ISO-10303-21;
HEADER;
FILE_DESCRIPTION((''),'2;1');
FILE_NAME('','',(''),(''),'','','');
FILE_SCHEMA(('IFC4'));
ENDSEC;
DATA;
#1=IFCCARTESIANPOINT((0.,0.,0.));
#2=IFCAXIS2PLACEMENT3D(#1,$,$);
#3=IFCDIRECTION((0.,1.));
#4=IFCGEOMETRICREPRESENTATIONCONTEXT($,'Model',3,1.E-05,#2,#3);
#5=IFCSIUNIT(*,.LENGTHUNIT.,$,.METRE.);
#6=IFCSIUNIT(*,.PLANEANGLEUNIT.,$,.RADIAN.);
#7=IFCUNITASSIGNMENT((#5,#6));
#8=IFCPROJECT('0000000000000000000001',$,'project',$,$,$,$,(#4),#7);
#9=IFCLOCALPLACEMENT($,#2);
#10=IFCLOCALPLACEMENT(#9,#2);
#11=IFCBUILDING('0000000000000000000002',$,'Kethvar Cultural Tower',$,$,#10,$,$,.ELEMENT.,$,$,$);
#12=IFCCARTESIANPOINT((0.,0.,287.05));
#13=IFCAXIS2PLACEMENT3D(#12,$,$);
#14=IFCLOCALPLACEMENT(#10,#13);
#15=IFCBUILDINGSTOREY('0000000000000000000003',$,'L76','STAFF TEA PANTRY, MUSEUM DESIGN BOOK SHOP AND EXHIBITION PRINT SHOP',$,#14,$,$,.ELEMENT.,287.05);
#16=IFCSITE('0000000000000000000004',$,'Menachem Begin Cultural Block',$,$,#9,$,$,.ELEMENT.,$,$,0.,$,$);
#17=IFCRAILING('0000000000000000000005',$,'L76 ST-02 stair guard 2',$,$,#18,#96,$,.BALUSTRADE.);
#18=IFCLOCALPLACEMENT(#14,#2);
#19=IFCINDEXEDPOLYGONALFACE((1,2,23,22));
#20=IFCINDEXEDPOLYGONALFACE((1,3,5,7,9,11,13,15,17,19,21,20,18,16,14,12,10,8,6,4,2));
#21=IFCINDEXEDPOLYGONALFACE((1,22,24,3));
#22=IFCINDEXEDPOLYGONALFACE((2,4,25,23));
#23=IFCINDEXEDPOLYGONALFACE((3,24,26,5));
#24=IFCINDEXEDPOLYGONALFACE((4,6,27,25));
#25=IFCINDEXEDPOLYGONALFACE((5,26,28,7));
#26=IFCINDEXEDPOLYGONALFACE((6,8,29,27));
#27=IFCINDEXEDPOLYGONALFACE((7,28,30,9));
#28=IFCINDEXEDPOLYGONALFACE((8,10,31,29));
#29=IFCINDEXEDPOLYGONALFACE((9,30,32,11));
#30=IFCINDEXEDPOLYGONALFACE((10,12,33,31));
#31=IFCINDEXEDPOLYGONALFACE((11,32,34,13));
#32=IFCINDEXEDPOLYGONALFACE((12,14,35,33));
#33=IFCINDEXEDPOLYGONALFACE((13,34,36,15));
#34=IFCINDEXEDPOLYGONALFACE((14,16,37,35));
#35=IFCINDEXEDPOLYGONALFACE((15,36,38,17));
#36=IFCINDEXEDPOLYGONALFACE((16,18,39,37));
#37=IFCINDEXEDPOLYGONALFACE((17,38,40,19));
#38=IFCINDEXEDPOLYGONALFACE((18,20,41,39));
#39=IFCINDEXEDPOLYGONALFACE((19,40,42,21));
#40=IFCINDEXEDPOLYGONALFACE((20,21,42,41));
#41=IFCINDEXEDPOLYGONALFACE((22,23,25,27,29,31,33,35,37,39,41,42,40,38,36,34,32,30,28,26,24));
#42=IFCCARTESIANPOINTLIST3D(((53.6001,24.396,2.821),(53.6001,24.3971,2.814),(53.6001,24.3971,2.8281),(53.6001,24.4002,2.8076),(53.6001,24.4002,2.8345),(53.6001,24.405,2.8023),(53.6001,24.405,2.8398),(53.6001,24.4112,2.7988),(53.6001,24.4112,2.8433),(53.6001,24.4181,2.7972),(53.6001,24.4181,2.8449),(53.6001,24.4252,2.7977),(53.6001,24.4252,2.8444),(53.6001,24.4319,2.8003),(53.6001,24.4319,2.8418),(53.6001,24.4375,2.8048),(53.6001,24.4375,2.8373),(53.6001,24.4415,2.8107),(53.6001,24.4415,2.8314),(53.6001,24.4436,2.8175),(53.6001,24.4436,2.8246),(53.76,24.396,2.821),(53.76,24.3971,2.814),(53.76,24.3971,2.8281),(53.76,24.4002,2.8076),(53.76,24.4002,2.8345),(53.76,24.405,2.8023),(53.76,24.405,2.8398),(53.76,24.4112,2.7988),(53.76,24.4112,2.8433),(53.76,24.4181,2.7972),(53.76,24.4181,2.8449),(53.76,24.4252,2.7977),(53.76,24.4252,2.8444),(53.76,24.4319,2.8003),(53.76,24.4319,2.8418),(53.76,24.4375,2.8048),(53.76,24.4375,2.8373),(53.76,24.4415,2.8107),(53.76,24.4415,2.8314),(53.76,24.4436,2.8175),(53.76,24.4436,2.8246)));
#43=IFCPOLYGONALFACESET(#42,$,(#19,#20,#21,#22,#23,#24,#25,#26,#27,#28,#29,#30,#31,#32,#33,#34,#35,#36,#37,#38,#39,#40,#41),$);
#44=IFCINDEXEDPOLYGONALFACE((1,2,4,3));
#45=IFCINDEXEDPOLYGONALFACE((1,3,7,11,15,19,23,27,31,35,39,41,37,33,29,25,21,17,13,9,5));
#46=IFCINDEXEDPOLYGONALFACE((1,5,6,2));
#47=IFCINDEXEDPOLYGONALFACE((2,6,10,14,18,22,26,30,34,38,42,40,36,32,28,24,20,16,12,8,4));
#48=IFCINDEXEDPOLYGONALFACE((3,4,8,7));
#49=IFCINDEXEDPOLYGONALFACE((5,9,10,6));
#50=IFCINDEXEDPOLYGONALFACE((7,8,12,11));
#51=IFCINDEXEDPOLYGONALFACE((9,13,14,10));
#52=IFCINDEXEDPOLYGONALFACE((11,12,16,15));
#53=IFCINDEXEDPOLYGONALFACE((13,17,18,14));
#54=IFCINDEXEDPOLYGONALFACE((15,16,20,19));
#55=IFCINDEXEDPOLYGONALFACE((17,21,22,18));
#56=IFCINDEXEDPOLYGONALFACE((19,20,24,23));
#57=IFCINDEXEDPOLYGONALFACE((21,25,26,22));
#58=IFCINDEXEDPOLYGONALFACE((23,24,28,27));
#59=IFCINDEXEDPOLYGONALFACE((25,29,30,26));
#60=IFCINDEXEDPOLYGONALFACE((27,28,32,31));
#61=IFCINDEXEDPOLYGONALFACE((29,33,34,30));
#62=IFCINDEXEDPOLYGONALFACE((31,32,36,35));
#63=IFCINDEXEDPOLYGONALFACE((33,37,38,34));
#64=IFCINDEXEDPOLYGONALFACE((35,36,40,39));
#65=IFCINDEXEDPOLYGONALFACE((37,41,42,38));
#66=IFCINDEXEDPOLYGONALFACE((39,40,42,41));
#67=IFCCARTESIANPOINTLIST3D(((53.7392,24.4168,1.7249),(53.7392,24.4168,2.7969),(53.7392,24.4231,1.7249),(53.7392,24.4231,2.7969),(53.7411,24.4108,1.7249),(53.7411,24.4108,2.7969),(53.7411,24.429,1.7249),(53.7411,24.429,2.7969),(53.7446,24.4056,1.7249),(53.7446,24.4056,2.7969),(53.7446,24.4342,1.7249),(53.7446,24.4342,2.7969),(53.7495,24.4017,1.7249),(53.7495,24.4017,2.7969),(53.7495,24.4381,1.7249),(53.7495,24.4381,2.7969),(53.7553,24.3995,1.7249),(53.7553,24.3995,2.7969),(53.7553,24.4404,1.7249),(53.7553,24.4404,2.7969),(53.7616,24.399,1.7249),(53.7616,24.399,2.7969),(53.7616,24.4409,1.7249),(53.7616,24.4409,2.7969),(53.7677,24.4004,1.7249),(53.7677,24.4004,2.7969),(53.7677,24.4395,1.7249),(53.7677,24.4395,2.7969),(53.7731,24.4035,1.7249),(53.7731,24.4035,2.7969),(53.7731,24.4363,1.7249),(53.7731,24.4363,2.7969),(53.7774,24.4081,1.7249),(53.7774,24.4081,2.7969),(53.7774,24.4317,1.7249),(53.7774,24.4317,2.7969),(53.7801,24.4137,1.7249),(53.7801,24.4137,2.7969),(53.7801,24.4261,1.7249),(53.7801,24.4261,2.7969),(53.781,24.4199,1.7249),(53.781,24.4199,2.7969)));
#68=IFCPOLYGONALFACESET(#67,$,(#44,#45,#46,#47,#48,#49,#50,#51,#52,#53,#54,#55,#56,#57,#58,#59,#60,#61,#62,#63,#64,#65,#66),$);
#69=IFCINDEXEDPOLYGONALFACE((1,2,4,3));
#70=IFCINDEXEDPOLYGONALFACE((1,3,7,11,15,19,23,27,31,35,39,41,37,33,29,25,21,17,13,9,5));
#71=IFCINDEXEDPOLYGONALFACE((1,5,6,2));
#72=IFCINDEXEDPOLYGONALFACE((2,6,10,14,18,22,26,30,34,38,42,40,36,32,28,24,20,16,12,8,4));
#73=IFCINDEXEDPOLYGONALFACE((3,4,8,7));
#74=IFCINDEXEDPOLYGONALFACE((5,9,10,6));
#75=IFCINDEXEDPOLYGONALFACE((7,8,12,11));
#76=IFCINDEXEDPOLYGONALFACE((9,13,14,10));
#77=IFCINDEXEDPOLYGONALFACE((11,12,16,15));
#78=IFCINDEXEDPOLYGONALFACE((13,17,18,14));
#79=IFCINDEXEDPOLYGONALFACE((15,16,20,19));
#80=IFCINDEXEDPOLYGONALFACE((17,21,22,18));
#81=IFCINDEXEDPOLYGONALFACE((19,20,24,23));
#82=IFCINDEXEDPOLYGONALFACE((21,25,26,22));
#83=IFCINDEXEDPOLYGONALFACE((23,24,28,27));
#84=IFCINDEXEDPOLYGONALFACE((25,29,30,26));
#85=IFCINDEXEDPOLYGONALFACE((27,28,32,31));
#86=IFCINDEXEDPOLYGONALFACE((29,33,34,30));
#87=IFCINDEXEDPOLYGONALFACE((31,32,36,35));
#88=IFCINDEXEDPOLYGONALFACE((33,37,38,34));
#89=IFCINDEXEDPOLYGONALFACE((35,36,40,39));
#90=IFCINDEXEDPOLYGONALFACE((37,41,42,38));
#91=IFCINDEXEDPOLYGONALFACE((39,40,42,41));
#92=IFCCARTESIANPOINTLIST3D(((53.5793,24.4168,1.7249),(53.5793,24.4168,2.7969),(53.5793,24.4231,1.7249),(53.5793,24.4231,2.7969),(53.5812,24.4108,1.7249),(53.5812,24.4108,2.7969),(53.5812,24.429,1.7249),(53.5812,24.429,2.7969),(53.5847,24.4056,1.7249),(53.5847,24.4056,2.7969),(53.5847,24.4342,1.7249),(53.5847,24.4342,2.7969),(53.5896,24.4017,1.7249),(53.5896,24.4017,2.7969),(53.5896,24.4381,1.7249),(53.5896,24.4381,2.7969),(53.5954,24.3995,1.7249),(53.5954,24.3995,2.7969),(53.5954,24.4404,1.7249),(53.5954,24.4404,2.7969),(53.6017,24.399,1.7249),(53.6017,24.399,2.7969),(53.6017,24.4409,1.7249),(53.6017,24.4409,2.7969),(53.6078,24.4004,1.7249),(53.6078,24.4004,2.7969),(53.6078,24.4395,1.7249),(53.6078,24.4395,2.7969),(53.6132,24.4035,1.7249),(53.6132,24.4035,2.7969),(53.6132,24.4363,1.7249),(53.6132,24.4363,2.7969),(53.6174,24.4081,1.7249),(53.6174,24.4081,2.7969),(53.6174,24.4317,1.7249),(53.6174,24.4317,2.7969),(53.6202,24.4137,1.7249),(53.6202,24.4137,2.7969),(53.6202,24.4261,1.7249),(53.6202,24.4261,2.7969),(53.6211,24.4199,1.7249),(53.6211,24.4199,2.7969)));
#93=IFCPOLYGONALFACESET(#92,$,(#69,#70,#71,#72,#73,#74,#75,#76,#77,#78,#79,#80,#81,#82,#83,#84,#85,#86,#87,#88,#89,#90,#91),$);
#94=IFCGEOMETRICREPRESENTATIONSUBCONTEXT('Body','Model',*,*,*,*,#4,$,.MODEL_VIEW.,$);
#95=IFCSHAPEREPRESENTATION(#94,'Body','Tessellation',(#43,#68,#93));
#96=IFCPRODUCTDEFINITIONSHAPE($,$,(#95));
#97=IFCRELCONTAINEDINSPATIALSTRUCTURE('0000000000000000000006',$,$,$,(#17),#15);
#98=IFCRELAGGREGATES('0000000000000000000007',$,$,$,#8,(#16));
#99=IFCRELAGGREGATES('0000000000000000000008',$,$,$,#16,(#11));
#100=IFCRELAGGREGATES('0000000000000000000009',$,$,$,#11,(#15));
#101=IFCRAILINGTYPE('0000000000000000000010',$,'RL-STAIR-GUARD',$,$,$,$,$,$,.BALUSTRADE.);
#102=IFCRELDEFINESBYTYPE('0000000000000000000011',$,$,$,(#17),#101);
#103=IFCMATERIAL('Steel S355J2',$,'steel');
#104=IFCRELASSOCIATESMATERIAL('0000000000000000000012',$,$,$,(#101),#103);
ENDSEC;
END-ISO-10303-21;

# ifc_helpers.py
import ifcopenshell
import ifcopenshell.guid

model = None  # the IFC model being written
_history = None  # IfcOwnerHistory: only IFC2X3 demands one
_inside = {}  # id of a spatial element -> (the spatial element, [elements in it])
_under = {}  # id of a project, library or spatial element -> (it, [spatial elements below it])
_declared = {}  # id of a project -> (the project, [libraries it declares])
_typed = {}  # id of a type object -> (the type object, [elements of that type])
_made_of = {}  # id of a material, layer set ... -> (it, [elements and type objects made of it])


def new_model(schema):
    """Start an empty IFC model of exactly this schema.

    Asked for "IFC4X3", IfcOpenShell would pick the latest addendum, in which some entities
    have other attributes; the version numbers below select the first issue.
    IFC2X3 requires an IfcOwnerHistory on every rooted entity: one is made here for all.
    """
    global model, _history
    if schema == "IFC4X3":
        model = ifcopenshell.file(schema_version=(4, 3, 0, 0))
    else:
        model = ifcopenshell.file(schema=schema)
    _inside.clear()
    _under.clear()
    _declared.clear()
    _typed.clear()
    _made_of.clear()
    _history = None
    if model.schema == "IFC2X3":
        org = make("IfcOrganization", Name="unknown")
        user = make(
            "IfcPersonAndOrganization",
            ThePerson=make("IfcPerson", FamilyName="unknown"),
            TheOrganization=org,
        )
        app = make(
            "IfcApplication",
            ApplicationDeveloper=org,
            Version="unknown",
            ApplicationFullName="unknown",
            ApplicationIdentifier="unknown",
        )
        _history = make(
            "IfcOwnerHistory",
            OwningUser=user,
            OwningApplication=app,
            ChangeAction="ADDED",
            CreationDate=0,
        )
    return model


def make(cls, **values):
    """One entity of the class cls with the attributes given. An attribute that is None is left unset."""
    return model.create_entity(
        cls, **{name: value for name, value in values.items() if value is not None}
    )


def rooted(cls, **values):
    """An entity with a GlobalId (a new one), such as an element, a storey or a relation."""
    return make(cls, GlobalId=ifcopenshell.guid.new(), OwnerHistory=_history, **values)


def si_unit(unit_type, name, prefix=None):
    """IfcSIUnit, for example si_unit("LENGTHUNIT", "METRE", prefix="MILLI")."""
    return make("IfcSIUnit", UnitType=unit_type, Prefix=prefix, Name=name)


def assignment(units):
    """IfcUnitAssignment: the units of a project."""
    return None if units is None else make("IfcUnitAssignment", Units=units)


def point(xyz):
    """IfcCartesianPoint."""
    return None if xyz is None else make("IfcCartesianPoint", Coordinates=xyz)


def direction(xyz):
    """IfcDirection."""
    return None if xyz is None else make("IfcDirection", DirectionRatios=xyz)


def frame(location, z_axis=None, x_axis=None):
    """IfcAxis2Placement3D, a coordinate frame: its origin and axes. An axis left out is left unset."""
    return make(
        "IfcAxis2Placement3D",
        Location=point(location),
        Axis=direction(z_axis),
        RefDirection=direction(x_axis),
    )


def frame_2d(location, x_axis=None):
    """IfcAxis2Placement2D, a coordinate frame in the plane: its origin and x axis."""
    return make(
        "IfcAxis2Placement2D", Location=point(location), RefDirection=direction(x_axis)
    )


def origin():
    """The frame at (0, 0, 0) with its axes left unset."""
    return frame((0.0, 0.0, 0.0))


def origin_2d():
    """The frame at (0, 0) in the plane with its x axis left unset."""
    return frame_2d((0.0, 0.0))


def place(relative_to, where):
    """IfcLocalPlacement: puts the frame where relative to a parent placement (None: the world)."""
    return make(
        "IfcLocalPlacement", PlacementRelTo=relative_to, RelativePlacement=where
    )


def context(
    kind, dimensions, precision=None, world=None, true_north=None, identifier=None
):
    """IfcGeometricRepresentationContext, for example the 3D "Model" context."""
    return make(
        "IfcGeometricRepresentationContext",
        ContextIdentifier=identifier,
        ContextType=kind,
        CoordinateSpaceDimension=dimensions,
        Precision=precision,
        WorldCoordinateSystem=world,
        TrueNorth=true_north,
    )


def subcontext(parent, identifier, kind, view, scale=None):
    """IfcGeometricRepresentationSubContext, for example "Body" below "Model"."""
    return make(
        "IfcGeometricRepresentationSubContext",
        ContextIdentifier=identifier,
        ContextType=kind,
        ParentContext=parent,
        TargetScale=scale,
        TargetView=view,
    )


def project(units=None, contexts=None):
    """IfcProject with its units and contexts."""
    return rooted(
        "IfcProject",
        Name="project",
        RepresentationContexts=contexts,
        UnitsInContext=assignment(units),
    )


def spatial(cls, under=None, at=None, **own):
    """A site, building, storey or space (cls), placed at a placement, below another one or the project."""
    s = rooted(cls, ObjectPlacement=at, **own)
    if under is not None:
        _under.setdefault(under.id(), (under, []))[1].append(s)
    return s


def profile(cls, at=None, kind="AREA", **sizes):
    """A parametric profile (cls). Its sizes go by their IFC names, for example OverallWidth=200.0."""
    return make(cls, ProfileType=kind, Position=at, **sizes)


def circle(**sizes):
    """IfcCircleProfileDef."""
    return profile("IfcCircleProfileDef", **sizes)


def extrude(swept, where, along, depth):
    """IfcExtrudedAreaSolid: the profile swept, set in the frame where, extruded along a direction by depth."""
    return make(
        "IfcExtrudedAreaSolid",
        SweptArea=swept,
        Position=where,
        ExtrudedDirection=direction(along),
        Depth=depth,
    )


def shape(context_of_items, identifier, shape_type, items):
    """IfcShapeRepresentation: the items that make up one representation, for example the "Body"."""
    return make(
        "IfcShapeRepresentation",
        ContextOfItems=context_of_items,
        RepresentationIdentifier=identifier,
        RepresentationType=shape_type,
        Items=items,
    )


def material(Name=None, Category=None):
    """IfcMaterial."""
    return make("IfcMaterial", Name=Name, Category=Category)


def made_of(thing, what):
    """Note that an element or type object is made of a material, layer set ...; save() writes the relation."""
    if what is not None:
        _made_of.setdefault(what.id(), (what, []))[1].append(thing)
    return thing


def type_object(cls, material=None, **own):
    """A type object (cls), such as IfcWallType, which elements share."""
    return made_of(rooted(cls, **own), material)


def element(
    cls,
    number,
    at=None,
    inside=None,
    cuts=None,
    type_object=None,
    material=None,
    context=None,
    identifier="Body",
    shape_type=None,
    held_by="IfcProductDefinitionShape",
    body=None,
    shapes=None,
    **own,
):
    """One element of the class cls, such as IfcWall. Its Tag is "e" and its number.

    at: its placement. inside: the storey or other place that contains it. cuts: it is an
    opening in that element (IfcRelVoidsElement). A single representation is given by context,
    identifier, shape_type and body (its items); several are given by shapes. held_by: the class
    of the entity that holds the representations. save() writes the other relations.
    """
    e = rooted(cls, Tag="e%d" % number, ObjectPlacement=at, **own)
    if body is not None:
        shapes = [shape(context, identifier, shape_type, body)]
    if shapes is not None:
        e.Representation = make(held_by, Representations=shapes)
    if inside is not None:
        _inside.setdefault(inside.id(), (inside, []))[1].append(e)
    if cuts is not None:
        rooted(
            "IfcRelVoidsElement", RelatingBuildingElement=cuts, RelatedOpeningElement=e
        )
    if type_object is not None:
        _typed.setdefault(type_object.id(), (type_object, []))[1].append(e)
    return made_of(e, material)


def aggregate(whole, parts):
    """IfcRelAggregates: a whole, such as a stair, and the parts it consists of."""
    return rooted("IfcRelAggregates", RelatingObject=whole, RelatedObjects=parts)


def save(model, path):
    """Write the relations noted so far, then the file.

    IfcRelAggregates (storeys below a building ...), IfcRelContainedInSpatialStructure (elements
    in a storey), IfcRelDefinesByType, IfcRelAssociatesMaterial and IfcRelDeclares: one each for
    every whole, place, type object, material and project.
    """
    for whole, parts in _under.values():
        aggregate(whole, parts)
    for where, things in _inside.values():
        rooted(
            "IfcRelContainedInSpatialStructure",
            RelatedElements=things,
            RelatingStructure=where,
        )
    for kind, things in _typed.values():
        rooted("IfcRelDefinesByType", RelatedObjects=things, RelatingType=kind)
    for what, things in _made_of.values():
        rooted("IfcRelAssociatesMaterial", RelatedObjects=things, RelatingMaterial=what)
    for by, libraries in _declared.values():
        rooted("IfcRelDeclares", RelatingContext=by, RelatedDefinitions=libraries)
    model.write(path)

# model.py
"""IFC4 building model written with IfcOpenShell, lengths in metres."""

from ifc_helpers import new_model, si_unit, direction, frame, origin, origin_2d, place, context, subcontext, project, spatial, circle, extrude, material, type_object, element, save


model = new_model("IFC4")

# Units and contexts
model_context = context("Model", 3, precision=1e-05, world=origin(), true_north=direction((0.0, 1.0)))
body_context = subcontext(model_context, "Body", "Model", "MODEL_VIEW")
ifc_project = project(units=[si_unit("LENGTHUNIT", "METRE"), si_unit("PLANEANGLEUNIT", "RADIAN")], contexts=[model_context])

# Site, building, storey
site_placement = place(None, origin())
site = spatial("IfcSite", under=ifc_project, at=site_placement, Name="Menachem Begin Cultural Block", CompositionType="ELEMENT", RefElevation=0.0)
building_placement = place(site_placement, origin())
building = spatial("IfcBuilding", under=site, at=building_placement, Name="Kethvar Cultural Tower", CompositionType="ELEMENT")
storey_placement = place(building_placement, frame((0.0, 0.0, 287.05)))
storey = spatial("IfcBuildingStorey", under=building, at=storey_placement, Name="L76", Description="STAFF TEA PANTRY, MUSEUM DESIGN BOOK SHOP AND EXHIBITION PRINT SHOP", CompositionType="ELEMENT", Elevation=287.05)

# Shared definitions
ifc_material_1 = material(Name="Steel S355J2", Category="steel")

# Railing
railing_type_1 = type_object("IfcRailingType", Name="RL-STAIR-GUARD", PredefinedType="BALUSTRADE", material=ifc_material_1)
railing_1_placement = place(storey_placement, frame((53.76, 24.4199, 1.7249)))
element("IfcRailing", 1, at=railing_1_placement, inside=storey, type_object=railing_type_1, Name="L76 ST-02 stair guard 2", PredefinedType="BALUSTRADE", context=body_context, shape_type="SweptSolid", body=[
    extrude(circle(Radius=0.0239, at=origin_2d()), frame((0.0, 0.0, 1.0962), z_axis=(-1.0, 0.0, 0.0), x_axis=(0.0, -1.0, 0.0)), (0.0, 0.0, 1.0), 0.1599),
    extrude(circle(Radius=0.021, at=origin_2d()), origin(), (0.0, 0.0, 1.0), 1.072),
    extrude(circle(Radius=0.021, at=origin_2d()), frame((-0.1599, 0.0, 0.0)), (0.0, 0.0, 1.0), 1.072),
])

save(model, "model.ifc")
